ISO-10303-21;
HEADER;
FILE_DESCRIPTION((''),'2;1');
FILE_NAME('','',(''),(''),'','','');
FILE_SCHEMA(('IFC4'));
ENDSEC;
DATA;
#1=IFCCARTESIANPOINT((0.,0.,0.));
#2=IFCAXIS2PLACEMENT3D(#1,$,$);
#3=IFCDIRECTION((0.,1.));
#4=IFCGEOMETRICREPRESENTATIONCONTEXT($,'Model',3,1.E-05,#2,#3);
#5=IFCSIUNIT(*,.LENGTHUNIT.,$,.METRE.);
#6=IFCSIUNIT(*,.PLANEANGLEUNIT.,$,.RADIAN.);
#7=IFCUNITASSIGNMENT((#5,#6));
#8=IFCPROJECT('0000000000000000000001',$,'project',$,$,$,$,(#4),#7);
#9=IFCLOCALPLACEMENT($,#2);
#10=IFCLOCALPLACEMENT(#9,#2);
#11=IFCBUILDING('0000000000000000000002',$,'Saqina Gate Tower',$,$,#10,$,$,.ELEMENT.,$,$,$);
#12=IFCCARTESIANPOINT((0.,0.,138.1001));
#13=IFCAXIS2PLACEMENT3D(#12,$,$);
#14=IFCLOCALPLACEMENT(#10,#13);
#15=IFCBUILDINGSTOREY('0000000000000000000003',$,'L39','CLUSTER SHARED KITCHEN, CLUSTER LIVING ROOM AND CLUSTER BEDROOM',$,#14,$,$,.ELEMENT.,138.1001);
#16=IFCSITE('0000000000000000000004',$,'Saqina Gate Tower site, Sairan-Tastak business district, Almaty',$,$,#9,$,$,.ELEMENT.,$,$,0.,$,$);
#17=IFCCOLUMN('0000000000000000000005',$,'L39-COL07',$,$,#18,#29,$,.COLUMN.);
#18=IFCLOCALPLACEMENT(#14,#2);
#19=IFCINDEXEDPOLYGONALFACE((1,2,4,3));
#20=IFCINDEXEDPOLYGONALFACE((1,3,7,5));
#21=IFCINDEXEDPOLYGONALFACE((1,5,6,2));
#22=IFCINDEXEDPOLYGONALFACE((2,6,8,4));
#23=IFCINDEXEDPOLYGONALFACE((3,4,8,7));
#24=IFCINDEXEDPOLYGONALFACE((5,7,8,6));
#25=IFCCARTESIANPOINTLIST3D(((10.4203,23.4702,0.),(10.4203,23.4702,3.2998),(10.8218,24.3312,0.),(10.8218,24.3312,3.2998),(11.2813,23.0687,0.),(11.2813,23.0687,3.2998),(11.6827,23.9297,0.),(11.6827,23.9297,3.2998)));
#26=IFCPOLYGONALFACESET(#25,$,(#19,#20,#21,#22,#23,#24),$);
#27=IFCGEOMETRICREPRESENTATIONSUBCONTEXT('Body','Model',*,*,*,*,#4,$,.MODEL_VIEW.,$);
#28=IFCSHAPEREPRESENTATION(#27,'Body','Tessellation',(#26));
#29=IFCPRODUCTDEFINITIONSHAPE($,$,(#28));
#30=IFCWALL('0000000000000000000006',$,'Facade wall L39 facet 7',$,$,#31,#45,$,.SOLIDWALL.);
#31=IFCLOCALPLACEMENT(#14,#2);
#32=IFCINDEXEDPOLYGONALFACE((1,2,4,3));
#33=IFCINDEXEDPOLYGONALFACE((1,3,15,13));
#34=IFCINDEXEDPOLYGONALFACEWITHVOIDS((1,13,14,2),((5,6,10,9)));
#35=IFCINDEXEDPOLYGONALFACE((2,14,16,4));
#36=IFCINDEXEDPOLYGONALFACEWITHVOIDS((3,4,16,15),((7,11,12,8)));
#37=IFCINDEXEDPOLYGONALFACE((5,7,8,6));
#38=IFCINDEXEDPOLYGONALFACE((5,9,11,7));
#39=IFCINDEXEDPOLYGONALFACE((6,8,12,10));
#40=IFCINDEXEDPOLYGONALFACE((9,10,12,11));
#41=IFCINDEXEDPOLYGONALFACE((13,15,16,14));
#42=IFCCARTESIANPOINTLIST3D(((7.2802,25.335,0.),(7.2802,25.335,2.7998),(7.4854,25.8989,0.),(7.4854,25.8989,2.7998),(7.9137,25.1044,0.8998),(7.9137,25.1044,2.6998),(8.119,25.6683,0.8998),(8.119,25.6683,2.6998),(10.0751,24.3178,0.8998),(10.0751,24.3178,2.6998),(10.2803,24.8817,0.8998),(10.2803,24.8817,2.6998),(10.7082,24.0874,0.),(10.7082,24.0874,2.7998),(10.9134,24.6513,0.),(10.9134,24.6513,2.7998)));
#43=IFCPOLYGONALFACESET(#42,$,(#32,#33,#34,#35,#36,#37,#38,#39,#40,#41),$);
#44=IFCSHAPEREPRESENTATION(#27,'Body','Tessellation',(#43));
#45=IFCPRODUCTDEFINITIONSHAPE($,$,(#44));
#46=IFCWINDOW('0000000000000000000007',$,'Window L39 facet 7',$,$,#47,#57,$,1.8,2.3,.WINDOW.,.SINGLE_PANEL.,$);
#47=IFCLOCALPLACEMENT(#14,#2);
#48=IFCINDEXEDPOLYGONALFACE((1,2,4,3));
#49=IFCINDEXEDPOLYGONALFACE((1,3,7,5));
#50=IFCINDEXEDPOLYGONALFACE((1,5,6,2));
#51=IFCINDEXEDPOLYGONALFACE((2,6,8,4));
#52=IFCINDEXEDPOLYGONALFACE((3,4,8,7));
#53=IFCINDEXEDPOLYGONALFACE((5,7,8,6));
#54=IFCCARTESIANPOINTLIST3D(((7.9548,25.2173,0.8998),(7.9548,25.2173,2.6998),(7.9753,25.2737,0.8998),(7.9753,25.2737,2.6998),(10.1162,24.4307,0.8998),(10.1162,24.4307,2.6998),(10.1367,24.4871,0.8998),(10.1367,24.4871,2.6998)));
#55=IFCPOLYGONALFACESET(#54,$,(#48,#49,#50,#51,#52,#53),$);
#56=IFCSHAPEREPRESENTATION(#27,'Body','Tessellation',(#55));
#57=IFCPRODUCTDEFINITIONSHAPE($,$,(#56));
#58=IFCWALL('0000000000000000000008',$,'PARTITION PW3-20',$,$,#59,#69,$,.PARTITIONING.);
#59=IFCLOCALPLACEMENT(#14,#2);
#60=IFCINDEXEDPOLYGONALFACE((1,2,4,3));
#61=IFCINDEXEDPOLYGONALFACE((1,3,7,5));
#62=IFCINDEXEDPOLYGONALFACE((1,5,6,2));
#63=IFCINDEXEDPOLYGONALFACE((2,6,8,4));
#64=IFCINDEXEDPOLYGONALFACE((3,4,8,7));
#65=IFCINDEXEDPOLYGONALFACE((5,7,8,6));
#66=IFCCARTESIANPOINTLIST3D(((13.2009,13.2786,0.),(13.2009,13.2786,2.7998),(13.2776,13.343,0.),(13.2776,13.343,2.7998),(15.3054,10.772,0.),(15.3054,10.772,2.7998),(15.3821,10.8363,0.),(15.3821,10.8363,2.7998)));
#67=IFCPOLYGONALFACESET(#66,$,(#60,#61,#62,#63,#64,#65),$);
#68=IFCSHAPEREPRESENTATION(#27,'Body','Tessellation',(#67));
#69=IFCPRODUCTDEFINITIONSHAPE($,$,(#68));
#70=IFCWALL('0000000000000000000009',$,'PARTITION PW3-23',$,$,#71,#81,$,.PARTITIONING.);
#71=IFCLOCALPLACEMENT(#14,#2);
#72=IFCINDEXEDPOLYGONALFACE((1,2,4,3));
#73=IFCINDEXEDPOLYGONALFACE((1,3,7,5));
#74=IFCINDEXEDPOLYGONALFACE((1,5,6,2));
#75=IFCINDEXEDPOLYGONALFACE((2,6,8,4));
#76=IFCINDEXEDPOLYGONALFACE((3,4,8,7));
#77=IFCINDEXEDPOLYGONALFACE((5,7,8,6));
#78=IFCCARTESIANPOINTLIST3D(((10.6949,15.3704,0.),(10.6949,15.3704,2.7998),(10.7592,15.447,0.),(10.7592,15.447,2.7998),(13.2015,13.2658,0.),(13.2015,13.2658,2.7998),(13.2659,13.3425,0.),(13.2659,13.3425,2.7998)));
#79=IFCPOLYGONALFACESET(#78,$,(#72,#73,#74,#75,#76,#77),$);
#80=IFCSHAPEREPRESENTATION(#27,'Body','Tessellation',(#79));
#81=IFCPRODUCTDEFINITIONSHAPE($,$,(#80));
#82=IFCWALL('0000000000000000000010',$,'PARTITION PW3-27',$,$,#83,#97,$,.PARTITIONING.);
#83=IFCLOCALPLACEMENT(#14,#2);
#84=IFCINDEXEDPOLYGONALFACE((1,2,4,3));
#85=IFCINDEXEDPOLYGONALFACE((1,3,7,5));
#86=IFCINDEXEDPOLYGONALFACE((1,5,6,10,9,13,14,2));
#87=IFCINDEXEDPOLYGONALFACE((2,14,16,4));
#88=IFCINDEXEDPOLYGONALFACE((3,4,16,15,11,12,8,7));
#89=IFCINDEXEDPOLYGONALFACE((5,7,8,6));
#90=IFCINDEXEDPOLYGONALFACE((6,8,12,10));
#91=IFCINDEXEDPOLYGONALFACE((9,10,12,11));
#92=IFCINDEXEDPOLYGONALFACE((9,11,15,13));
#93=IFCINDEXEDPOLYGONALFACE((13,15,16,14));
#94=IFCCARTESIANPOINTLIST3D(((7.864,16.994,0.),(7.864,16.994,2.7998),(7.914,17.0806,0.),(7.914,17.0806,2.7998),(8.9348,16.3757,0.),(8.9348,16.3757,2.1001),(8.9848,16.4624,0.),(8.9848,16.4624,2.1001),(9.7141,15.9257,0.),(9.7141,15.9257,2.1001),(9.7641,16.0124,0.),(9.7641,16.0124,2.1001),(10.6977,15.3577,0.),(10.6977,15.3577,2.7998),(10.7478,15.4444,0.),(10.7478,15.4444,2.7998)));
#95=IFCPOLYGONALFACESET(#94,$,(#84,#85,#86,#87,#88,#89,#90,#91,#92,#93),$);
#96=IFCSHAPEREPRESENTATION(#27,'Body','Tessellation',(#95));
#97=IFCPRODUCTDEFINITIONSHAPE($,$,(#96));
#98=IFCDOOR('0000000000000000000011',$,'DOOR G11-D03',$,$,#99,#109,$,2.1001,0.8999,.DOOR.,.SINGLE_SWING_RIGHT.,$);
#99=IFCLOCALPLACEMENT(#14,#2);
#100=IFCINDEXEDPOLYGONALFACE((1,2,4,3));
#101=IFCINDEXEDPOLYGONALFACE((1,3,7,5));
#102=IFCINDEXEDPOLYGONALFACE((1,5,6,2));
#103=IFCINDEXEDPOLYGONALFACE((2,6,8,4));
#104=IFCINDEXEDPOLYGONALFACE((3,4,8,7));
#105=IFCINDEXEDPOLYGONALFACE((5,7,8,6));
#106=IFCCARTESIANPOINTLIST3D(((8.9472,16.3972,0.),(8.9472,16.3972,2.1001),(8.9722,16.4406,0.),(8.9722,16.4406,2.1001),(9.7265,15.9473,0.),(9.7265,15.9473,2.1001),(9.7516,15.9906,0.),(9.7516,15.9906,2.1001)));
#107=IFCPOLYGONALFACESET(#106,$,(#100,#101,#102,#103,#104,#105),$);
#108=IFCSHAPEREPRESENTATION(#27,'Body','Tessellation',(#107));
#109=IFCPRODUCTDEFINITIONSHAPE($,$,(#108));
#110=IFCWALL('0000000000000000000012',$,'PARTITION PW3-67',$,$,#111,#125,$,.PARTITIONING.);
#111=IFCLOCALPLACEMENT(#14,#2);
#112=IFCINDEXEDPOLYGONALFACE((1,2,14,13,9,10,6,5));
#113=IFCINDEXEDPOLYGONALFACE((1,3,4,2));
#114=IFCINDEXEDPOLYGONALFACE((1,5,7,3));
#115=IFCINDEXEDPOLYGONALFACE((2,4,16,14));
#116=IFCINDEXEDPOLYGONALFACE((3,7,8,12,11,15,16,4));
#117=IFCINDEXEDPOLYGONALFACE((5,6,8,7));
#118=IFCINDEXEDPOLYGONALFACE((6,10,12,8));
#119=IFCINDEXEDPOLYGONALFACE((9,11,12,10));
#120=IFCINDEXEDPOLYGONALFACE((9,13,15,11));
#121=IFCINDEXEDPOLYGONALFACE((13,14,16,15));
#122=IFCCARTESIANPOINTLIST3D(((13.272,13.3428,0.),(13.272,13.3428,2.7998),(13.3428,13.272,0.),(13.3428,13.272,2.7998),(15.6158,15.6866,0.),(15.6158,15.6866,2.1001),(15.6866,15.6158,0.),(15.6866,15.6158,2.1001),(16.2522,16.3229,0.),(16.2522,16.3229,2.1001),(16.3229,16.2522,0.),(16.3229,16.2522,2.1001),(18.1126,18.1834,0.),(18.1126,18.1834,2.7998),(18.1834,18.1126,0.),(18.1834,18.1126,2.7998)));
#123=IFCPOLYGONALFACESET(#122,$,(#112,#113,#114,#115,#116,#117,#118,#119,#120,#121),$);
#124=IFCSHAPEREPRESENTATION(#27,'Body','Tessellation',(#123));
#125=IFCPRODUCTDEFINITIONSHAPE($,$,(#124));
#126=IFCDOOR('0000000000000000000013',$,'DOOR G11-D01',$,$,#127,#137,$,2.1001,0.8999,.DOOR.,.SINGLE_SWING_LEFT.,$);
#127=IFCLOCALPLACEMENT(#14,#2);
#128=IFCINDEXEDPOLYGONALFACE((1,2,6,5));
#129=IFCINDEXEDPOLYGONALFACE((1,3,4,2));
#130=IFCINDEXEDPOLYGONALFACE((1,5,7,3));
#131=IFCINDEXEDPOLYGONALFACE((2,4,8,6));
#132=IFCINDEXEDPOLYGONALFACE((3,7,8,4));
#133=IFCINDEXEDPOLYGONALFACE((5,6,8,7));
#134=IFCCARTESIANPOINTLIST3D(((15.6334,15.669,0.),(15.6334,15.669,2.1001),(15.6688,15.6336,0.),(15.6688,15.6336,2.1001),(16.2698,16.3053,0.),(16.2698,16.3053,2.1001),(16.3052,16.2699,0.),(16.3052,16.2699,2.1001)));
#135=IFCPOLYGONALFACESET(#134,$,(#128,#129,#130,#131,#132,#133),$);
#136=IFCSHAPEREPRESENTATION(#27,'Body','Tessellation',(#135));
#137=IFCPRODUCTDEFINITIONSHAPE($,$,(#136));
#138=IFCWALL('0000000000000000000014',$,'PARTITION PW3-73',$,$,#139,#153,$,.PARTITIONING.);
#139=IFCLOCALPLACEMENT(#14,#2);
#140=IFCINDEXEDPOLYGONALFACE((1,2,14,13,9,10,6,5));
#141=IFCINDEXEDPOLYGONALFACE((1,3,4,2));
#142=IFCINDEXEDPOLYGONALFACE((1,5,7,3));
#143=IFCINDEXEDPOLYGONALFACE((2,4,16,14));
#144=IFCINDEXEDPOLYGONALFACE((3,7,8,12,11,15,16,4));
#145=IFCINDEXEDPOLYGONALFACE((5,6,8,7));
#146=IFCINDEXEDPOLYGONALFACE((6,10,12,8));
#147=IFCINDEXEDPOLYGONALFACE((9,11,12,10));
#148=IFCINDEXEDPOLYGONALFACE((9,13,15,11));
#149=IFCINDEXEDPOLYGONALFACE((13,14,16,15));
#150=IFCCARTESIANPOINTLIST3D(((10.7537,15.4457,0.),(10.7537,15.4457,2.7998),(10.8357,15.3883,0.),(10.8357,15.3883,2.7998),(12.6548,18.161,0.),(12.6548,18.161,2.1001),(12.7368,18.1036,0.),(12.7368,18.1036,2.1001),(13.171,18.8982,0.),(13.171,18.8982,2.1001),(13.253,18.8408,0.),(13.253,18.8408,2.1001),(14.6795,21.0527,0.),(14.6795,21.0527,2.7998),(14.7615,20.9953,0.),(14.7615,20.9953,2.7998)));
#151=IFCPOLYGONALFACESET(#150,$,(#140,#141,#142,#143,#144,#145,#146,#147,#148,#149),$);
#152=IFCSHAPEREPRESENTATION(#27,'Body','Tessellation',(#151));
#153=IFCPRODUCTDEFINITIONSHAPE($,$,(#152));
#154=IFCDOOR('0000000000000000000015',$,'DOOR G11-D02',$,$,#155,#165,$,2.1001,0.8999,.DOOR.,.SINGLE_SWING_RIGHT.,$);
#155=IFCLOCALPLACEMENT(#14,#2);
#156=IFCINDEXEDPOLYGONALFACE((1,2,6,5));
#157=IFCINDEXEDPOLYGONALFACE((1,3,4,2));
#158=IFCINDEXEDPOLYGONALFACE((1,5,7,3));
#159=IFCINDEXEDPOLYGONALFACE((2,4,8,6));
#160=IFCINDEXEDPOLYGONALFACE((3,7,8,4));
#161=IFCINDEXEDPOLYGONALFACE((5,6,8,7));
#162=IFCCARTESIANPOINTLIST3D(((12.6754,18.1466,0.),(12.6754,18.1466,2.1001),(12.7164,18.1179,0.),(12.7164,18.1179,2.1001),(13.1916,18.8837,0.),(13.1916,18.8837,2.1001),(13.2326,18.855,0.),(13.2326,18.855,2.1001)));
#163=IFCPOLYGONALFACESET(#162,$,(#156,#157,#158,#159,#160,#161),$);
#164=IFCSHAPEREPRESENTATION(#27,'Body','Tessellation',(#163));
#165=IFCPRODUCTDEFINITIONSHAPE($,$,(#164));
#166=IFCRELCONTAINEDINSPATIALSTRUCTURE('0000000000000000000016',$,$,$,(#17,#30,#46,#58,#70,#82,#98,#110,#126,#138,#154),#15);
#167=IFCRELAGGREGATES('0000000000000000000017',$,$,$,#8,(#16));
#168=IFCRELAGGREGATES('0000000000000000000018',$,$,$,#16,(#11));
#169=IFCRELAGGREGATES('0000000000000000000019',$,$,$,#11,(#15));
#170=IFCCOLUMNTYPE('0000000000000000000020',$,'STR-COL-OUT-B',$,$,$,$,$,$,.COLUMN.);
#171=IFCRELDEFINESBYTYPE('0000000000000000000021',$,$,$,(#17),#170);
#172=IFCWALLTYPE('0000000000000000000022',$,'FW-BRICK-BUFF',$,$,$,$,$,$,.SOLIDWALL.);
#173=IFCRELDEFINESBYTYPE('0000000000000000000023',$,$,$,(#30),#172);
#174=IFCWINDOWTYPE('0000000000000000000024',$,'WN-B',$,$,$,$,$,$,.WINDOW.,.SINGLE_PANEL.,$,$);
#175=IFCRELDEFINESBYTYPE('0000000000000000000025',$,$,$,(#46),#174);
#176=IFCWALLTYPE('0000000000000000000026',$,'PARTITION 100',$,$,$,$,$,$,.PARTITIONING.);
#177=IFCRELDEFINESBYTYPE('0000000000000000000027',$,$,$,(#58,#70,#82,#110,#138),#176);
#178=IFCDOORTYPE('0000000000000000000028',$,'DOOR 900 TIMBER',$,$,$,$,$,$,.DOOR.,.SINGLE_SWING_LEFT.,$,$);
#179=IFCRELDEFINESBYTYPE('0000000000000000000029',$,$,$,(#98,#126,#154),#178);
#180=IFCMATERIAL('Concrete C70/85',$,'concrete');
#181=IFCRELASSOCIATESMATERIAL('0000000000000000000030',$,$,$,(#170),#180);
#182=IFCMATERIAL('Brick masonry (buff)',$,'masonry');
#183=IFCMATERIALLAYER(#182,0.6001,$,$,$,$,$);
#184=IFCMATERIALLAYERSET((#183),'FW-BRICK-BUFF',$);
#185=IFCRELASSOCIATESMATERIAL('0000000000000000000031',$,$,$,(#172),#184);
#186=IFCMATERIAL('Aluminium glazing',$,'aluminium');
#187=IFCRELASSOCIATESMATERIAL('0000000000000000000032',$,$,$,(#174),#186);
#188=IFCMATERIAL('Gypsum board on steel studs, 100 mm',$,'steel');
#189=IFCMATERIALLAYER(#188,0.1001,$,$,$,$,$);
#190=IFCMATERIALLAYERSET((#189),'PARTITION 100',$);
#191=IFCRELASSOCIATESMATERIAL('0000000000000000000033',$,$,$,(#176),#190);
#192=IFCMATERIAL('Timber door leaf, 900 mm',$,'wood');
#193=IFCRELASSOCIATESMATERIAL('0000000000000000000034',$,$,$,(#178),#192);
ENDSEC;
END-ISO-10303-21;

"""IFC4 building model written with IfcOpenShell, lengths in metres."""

from ifc_helpers import new_model, si_unit, direction, frame, frame_2d, origin, origin_2d, place, context, subcontext, project, spatial, rectangle, extrude, material, layer, layer_set, material_profile, profile_set, type_object, element, fill, save


model = new_model("IFC4")

# Units and contexts
model_context = context("Model", 3, precision=1e-05, world=origin(), true_north=direction((0.0, 1.0)))
body_context = subcontext(model_context, "Body", "Model", "MODEL_VIEW")
ifc_project = project(units=[si_unit("LENGTHUNIT", "METRE"), si_unit("PLANEANGLEUNIT", "RADIAN")], contexts=[model_context])

# Site, building, storey
site_placement = place(None, origin())
site = spatial("IfcSite", under=ifc_project, at=site_placement, Name="Saqina Gate Tower site, Sairan-Tastak business district, Almaty", CompositionType="ELEMENT", RefElevation=0.0)
building_placement = place(site_placement, origin())
building = spatial("IfcBuilding", under=site, at=building_placement, Name="Saqina Gate Tower", CompositionType="ELEMENT")
storey_placement = place(building_placement, frame((0.0, 0.0, 138.1001)))
storey = spatial("IfcBuildingStorey", under=building, at=storey_placement, Name="L39", Description="CLUSTER SHARED KITCHEN, CLUSTER LIVING ROOM AND CLUSTER BEDROOM", CompositionType="ELEMENT", Elevation=138.1001)

# Column
ifc_material_1 = material(Name="Concrete C70/85", Category="concrete")
ifc_material_profile = material_profile(ifc_material_1, rectangle(XDim=0.95, YDim=0.95, at=origin_2d()), Name="RC 950x950")
ifc_profile_set = profile_set([ifc_material_profile], Name="Concrete C70/85")
column_type = type_object("IfcColumnType", Name="STR-COL-OUT-B", PredefinedType="COLUMN", material=ifc_profile_set)
column_placement = place(storey_placement, frame((11.0515, 23.7, 0.0), z_axis=(0.0, 0.0, 1.0), x_axis=(0.422618, 0.906308, 0.0)))
element("IfcColumn", 1, at=column_placement, inside=storey, type_object=column_type, Name="L39-COL07", PredefinedType="COLUMN", context=body_context, shape_type="SweptSolid", body=[
    extrude(rectangle(XDim=0.95, YDim=0.95, at=origin_2d()), origin(), (0.0, 0.0, 1.0), 3.2998),
])

# Wall, opening, window
ifc_material_2 = material(Name="Brick masonry (buff)", Category="masonry")
ifc_layer_1 = layer(ifc_material_2, 0.6001)
ifc_layer_set_1 = layer_set([ifc_layer_1], Name="FW-BRICK-BUFF")
wall_type_1 = type_object("IfcWallType", Name="FW-BRICK-BUFF", PredefinedType="SOLIDWALL", material=ifc_layer_set_1)
wall_1_placement = place(storey_placement, frame((10.8108, 24.3694, 0.0), z_axis=(0.0, 0.0, 1.0), x_axis=(-0.939704, 0.34199, 0.0)))
wall_1 = element("IfcWall", 2, at=wall_1_placement, inside=storey, type_object=wall_type_1, Name="Facade wall L39 facet 7", PredefinedType="SOLIDWALL", context=body_context, shape_type="SweptSolid", body=[
    extrude(rectangle(XDim=3.6479, YDim=0.6001, at=frame_2d((1.824, 0.0))), origin(), (0.0, 0.0, 1.0), 2.7998),
])
opening_1_placement = place(wall_1_placement, frame((0.6738, 0.0, 0.8999)))
opening_1 = element("IfcOpeningElement", 3, at=opening_1_placement, cuts=wall_1, PredefinedType="OPENING", context=body_context, shape_type="SweptSolid", body=[
    extrude(rectangle(XDim=2.3, YDim=1.8, at=frame_2d((1.1499, 0.8999))), frame((0.0, 0.312, 0.0), z_axis=(0.0, -1.0, 0.0), x_axis=(1.0, 0.0, 0.0)), (0.0, 0.0, 1.0), 0.624),
])
ifc_material_3 = material(Name="Aluminium glazing", Category="aluminium")
window_type = type_object("IfcWindowType", Name="WN-B", PartitioningType="SINGLE_PANEL", PredefinedType="WINDOW", material=ifc_material_3)
window_placement = place(opening_1_placement, origin())
window = element("IfcWindow", 4, at=window_placement, inside=storey, type_object=window_type, Name="Window L39 facet 7", OverallHeight=1.8, OverallWidth=2.3, PartitioningType="SINGLE_PANEL", PredefinedType="WINDOW", context=body_context, shape_type="SweptSolid", body=[
    extrude(rectangle(XDim=2.3, YDim=1.8, at=frame_2d((1.1499, 0.8999))), frame((0.0, 0.1799, 0.0), z_axis=(0.0, -1.0, 0.0), x_axis=(1.0, 0.0, 0.0)), (0.0, 0.0, 1.0), 0.0601),
])
fill(opening_1, window)

# Walls
ifc_material_4 = material(Name="Gypsum board on steel studs, 100 mm", Category="steel")
ifc_layer_2 = layer(ifc_material_4, 0.1001)
ifc_layer_set_2 = layer_set([ifc_layer_2], Name="PARTITION 100")
wall_type_2 = type_object("IfcWallType", Name="PARTITION 100", PredefinedType="PARTITIONING", material=ifc_layer_set_2)
for number, where, z_axis, x_axis, name in (
    (5, (13.2393, 13.3108, 0.0), (0.0, 0.0, 1.0), (0.643005, -0.765862, 0.0), "PARTITION PW3-20"),
    (6, (10.7271, 15.4087, 0.0), (0.0, 0.0, 1.0), (0.765862, -0.643005, 0.0), "PARTITION PW3-23"),
):
    element("IfcWall", number, at=place(storey_placement, frame(where, z_axis=z_axis, x_axis=x_axis)), inside=storey, type_object=wall_type_2, Name=name, PredefinedType="PARTITIONING", context=body_context, shape_type="SweptSolid", body=[
        extrude(rectangle(XDim=3.2729, YDim=0.1001, at=frame_2d((1.6365, 0.0))), origin(), (0.0, 0.0, 1.0), 2.7998),
    ])

# Walls, openings, doors
wall_2_placement = place(storey_placement, frame((7.8889, 17.0374, 0.0), z_axis=(0.0, 0.0, 1.0), x_axis=(0.866003, -0.500039, 0.0)))
wall_2 = element("IfcWall", 7, at=wall_2_placement, inside=storey, type_object=wall_type_2, Name="PARTITION PW3-27", PredefinedType="PARTITIONING", context=body_context, shape_type="SweptSolid", body=[
    extrude(rectangle(XDim=3.2722, YDim=0.1001, at=frame_2d((1.6362, 0.0))), origin(), (0.0, 0.0, 1.0), 2.7998),
])
opening_2_placement = place(wall_2_placement, frame((1.2366, 0.0, 0.0)))
opening_2 = element("IfcOpeningElement", 8, at=opening_2_placement, cuts=wall_2, PredefinedType="OPENING", context=body_context, shape_type="SweptSolid", body=[
    extrude(rectangle(XDim=0.8999, YDim=2.1001, at=frame_2d((0.45, 1.05))), frame((0.0, 0.062, 0.0), z_axis=(0.0, -1.0, 0.0), x_axis=(1.0, 0.0, 0.0)), (0.0, 0.0, 1.0), 0.124),
])
ifc_material_5 = material(Name="Timber door leaf, 900 mm", Category="wood")
door_type_1 = type_object("IfcDoorType", Name="DOOR 900 TIMBER", OperationType="SINGLE_SWING_LEFT", PredefinedType="DOOR", material=ifc_material_5)
door_1_placement = place(opening_2_placement, origin())
door_1 = element("IfcDoor", 9, at=door_1_placement, inside=storey, type_object=door_type_1, Name="DOOR G11-D03", OperationType="SINGLE_SWING_RIGHT", OverallHeight=2.1001, OverallWidth=0.8999, PredefinedType="DOOR", context=body_context, shape_type="SweptSolid", body=[
    extrude(rectangle(XDim=0.8999, YDim=2.1001, at=frame_2d((0.45, 1.05))), frame((0.0, 0.0249, 0.0), z_axis=(0.0, -1.0, 0.0), x_axis=(1.0, 0.0, 0.0)), (0.0, 0.0, 1.0), 0.05),
])
fill(opening_2, door_1)
wall_3_placement = place(storey_placement, frame((13.3074, 13.3074, 0.0), z_axis=(0.0, 0.0, 1.0), x_axis=(0.707107, 0.707107, 0.0)))
wall_3 = element("IfcWall", 10, at=wall_3_placement, inside=storey, type_object=wall_type_2, Name="PARTITION PW3-67", PredefinedType="PARTITIONING", context=body_context, shape_type="SweptSolid", body=[
    extrude(rectangle(XDim=6.8457, YDim=0.1001, at=frame_2d((3.4229, 0.0))), origin(), (0.0, 0.0, 1.0), 2.7998),
])
opening_3_placement = place(wall_3_placement, frame((3.3147, 0.0, 0.0)))
opening_3 = element("IfcOpeningElement", 11, at=opening_3_placement, cuts=wall_3, PredefinedType="OPENING", context=body_context, shape_type="SweptSolid", body=[
    extrude(rectangle(XDim=0.8999, YDim=2.1001, at=frame_2d((0.45, 1.05))), frame((0.0, 0.062, 0.0), z_axis=(0.0, -1.0, 0.0), x_axis=(1.0, 0.0, 0.0)), (0.0, 0.0, 1.0), 0.124),
])
door_2_placement = place(opening_3_placement, frame((0.8999, 0.0, 0.0), z_axis=(0.0, 0.0, 1.0), x_axis=(-1.0, 0.0, 0.0)))
door_2 = element("IfcDoor", 12, at=door_2_placement, inside=storey, type_object=door_type_1, Name="DOOR G11-D01", OperationType="SINGLE_SWING_LEFT", OverallHeight=2.1001, OverallWidth=0.8999, PredefinedType="DOOR", context=body_context, shape_type="SweptSolid", body=[
    extrude(rectangle(XDim=0.8999, YDim=2.1001, at=frame_2d((0.45, 1.05))), frame((0.0, 0.0249, 0.0), z_axis=(0.0, -1.0, 0.0), x_axis=(1.0, 0.0, 0.0)), (0.0, 0.0, 1.0), 0.05),
])
fill(opening_3, door_2)
wall_4_placement = place(storey_placement, frame((10.7947, 15.417, 0.0), z_axis=(0.0, 0.0, 1.0), x_axis=(0.573553, 0.819168, 0.0)))
wall_4 = element("IfcWall", 13, at=wall_4_placement, inside=storey, type_object=wall_type_2, Name="PARTITION PW3-73", PredefinedType="PARTITIONING", context=body_context, shape_type="SweptSolid", body=[
    extrude(rectangle(XDim=6.8447, YDim=0.1001, at=frame_2d((3.4224, 0.0))), origin(), (0.0, 0.0, 1.0), 2.7998),
])
opening_4_placement = place(wall_4_placement, frame((3.3147, 0.0, 0.0)))
opening_4 = element("IfcOpeningElement", 14, at=opening_4_placement, cuts=wall_4, PredefinedType="OPENING", context=body_context, shape_type="SweptSolid", body=[
    extrude(rectangle(XDim=0.8999, YDim=2.1001, at=frame_2d((0.45, 1.05))), frame((0.0, 0.062, 0.0), z_axis=(0.0, -1.0, 0.0), x_axis=(1.0, 0.0, 0.0)), (0.0, 0.0, 1.0), 0.124),
])
door_3_placement = place(opening_4_placement, origin())
door_3 = element("IfcDoor", 15, at=door_3_placement, inside=storey, type_object=door_type_1, Name="DOOR G11-D02", OperationType="SINGLE_SWING_RIGHT", OverallHeight=2.1001, OverallWidth=0.8999, PredefinedType="DOOR", context=body_context, shape_type="SweptSolid", body=[
    extrude(rectangle(XDim=0.8999, YDim=2.1001, at=frame_2d((0.45, 1.05))), frame((0.0, 0.0249, 0.0), z_axis=(0.0, -1.0, 0.0), x_axis=(1.0, 0.0, 0.0)), (0.0, 0.0, 1.0), 0.05),
])
fill(opening_4, door_3)

save(model, "model.ifc")
